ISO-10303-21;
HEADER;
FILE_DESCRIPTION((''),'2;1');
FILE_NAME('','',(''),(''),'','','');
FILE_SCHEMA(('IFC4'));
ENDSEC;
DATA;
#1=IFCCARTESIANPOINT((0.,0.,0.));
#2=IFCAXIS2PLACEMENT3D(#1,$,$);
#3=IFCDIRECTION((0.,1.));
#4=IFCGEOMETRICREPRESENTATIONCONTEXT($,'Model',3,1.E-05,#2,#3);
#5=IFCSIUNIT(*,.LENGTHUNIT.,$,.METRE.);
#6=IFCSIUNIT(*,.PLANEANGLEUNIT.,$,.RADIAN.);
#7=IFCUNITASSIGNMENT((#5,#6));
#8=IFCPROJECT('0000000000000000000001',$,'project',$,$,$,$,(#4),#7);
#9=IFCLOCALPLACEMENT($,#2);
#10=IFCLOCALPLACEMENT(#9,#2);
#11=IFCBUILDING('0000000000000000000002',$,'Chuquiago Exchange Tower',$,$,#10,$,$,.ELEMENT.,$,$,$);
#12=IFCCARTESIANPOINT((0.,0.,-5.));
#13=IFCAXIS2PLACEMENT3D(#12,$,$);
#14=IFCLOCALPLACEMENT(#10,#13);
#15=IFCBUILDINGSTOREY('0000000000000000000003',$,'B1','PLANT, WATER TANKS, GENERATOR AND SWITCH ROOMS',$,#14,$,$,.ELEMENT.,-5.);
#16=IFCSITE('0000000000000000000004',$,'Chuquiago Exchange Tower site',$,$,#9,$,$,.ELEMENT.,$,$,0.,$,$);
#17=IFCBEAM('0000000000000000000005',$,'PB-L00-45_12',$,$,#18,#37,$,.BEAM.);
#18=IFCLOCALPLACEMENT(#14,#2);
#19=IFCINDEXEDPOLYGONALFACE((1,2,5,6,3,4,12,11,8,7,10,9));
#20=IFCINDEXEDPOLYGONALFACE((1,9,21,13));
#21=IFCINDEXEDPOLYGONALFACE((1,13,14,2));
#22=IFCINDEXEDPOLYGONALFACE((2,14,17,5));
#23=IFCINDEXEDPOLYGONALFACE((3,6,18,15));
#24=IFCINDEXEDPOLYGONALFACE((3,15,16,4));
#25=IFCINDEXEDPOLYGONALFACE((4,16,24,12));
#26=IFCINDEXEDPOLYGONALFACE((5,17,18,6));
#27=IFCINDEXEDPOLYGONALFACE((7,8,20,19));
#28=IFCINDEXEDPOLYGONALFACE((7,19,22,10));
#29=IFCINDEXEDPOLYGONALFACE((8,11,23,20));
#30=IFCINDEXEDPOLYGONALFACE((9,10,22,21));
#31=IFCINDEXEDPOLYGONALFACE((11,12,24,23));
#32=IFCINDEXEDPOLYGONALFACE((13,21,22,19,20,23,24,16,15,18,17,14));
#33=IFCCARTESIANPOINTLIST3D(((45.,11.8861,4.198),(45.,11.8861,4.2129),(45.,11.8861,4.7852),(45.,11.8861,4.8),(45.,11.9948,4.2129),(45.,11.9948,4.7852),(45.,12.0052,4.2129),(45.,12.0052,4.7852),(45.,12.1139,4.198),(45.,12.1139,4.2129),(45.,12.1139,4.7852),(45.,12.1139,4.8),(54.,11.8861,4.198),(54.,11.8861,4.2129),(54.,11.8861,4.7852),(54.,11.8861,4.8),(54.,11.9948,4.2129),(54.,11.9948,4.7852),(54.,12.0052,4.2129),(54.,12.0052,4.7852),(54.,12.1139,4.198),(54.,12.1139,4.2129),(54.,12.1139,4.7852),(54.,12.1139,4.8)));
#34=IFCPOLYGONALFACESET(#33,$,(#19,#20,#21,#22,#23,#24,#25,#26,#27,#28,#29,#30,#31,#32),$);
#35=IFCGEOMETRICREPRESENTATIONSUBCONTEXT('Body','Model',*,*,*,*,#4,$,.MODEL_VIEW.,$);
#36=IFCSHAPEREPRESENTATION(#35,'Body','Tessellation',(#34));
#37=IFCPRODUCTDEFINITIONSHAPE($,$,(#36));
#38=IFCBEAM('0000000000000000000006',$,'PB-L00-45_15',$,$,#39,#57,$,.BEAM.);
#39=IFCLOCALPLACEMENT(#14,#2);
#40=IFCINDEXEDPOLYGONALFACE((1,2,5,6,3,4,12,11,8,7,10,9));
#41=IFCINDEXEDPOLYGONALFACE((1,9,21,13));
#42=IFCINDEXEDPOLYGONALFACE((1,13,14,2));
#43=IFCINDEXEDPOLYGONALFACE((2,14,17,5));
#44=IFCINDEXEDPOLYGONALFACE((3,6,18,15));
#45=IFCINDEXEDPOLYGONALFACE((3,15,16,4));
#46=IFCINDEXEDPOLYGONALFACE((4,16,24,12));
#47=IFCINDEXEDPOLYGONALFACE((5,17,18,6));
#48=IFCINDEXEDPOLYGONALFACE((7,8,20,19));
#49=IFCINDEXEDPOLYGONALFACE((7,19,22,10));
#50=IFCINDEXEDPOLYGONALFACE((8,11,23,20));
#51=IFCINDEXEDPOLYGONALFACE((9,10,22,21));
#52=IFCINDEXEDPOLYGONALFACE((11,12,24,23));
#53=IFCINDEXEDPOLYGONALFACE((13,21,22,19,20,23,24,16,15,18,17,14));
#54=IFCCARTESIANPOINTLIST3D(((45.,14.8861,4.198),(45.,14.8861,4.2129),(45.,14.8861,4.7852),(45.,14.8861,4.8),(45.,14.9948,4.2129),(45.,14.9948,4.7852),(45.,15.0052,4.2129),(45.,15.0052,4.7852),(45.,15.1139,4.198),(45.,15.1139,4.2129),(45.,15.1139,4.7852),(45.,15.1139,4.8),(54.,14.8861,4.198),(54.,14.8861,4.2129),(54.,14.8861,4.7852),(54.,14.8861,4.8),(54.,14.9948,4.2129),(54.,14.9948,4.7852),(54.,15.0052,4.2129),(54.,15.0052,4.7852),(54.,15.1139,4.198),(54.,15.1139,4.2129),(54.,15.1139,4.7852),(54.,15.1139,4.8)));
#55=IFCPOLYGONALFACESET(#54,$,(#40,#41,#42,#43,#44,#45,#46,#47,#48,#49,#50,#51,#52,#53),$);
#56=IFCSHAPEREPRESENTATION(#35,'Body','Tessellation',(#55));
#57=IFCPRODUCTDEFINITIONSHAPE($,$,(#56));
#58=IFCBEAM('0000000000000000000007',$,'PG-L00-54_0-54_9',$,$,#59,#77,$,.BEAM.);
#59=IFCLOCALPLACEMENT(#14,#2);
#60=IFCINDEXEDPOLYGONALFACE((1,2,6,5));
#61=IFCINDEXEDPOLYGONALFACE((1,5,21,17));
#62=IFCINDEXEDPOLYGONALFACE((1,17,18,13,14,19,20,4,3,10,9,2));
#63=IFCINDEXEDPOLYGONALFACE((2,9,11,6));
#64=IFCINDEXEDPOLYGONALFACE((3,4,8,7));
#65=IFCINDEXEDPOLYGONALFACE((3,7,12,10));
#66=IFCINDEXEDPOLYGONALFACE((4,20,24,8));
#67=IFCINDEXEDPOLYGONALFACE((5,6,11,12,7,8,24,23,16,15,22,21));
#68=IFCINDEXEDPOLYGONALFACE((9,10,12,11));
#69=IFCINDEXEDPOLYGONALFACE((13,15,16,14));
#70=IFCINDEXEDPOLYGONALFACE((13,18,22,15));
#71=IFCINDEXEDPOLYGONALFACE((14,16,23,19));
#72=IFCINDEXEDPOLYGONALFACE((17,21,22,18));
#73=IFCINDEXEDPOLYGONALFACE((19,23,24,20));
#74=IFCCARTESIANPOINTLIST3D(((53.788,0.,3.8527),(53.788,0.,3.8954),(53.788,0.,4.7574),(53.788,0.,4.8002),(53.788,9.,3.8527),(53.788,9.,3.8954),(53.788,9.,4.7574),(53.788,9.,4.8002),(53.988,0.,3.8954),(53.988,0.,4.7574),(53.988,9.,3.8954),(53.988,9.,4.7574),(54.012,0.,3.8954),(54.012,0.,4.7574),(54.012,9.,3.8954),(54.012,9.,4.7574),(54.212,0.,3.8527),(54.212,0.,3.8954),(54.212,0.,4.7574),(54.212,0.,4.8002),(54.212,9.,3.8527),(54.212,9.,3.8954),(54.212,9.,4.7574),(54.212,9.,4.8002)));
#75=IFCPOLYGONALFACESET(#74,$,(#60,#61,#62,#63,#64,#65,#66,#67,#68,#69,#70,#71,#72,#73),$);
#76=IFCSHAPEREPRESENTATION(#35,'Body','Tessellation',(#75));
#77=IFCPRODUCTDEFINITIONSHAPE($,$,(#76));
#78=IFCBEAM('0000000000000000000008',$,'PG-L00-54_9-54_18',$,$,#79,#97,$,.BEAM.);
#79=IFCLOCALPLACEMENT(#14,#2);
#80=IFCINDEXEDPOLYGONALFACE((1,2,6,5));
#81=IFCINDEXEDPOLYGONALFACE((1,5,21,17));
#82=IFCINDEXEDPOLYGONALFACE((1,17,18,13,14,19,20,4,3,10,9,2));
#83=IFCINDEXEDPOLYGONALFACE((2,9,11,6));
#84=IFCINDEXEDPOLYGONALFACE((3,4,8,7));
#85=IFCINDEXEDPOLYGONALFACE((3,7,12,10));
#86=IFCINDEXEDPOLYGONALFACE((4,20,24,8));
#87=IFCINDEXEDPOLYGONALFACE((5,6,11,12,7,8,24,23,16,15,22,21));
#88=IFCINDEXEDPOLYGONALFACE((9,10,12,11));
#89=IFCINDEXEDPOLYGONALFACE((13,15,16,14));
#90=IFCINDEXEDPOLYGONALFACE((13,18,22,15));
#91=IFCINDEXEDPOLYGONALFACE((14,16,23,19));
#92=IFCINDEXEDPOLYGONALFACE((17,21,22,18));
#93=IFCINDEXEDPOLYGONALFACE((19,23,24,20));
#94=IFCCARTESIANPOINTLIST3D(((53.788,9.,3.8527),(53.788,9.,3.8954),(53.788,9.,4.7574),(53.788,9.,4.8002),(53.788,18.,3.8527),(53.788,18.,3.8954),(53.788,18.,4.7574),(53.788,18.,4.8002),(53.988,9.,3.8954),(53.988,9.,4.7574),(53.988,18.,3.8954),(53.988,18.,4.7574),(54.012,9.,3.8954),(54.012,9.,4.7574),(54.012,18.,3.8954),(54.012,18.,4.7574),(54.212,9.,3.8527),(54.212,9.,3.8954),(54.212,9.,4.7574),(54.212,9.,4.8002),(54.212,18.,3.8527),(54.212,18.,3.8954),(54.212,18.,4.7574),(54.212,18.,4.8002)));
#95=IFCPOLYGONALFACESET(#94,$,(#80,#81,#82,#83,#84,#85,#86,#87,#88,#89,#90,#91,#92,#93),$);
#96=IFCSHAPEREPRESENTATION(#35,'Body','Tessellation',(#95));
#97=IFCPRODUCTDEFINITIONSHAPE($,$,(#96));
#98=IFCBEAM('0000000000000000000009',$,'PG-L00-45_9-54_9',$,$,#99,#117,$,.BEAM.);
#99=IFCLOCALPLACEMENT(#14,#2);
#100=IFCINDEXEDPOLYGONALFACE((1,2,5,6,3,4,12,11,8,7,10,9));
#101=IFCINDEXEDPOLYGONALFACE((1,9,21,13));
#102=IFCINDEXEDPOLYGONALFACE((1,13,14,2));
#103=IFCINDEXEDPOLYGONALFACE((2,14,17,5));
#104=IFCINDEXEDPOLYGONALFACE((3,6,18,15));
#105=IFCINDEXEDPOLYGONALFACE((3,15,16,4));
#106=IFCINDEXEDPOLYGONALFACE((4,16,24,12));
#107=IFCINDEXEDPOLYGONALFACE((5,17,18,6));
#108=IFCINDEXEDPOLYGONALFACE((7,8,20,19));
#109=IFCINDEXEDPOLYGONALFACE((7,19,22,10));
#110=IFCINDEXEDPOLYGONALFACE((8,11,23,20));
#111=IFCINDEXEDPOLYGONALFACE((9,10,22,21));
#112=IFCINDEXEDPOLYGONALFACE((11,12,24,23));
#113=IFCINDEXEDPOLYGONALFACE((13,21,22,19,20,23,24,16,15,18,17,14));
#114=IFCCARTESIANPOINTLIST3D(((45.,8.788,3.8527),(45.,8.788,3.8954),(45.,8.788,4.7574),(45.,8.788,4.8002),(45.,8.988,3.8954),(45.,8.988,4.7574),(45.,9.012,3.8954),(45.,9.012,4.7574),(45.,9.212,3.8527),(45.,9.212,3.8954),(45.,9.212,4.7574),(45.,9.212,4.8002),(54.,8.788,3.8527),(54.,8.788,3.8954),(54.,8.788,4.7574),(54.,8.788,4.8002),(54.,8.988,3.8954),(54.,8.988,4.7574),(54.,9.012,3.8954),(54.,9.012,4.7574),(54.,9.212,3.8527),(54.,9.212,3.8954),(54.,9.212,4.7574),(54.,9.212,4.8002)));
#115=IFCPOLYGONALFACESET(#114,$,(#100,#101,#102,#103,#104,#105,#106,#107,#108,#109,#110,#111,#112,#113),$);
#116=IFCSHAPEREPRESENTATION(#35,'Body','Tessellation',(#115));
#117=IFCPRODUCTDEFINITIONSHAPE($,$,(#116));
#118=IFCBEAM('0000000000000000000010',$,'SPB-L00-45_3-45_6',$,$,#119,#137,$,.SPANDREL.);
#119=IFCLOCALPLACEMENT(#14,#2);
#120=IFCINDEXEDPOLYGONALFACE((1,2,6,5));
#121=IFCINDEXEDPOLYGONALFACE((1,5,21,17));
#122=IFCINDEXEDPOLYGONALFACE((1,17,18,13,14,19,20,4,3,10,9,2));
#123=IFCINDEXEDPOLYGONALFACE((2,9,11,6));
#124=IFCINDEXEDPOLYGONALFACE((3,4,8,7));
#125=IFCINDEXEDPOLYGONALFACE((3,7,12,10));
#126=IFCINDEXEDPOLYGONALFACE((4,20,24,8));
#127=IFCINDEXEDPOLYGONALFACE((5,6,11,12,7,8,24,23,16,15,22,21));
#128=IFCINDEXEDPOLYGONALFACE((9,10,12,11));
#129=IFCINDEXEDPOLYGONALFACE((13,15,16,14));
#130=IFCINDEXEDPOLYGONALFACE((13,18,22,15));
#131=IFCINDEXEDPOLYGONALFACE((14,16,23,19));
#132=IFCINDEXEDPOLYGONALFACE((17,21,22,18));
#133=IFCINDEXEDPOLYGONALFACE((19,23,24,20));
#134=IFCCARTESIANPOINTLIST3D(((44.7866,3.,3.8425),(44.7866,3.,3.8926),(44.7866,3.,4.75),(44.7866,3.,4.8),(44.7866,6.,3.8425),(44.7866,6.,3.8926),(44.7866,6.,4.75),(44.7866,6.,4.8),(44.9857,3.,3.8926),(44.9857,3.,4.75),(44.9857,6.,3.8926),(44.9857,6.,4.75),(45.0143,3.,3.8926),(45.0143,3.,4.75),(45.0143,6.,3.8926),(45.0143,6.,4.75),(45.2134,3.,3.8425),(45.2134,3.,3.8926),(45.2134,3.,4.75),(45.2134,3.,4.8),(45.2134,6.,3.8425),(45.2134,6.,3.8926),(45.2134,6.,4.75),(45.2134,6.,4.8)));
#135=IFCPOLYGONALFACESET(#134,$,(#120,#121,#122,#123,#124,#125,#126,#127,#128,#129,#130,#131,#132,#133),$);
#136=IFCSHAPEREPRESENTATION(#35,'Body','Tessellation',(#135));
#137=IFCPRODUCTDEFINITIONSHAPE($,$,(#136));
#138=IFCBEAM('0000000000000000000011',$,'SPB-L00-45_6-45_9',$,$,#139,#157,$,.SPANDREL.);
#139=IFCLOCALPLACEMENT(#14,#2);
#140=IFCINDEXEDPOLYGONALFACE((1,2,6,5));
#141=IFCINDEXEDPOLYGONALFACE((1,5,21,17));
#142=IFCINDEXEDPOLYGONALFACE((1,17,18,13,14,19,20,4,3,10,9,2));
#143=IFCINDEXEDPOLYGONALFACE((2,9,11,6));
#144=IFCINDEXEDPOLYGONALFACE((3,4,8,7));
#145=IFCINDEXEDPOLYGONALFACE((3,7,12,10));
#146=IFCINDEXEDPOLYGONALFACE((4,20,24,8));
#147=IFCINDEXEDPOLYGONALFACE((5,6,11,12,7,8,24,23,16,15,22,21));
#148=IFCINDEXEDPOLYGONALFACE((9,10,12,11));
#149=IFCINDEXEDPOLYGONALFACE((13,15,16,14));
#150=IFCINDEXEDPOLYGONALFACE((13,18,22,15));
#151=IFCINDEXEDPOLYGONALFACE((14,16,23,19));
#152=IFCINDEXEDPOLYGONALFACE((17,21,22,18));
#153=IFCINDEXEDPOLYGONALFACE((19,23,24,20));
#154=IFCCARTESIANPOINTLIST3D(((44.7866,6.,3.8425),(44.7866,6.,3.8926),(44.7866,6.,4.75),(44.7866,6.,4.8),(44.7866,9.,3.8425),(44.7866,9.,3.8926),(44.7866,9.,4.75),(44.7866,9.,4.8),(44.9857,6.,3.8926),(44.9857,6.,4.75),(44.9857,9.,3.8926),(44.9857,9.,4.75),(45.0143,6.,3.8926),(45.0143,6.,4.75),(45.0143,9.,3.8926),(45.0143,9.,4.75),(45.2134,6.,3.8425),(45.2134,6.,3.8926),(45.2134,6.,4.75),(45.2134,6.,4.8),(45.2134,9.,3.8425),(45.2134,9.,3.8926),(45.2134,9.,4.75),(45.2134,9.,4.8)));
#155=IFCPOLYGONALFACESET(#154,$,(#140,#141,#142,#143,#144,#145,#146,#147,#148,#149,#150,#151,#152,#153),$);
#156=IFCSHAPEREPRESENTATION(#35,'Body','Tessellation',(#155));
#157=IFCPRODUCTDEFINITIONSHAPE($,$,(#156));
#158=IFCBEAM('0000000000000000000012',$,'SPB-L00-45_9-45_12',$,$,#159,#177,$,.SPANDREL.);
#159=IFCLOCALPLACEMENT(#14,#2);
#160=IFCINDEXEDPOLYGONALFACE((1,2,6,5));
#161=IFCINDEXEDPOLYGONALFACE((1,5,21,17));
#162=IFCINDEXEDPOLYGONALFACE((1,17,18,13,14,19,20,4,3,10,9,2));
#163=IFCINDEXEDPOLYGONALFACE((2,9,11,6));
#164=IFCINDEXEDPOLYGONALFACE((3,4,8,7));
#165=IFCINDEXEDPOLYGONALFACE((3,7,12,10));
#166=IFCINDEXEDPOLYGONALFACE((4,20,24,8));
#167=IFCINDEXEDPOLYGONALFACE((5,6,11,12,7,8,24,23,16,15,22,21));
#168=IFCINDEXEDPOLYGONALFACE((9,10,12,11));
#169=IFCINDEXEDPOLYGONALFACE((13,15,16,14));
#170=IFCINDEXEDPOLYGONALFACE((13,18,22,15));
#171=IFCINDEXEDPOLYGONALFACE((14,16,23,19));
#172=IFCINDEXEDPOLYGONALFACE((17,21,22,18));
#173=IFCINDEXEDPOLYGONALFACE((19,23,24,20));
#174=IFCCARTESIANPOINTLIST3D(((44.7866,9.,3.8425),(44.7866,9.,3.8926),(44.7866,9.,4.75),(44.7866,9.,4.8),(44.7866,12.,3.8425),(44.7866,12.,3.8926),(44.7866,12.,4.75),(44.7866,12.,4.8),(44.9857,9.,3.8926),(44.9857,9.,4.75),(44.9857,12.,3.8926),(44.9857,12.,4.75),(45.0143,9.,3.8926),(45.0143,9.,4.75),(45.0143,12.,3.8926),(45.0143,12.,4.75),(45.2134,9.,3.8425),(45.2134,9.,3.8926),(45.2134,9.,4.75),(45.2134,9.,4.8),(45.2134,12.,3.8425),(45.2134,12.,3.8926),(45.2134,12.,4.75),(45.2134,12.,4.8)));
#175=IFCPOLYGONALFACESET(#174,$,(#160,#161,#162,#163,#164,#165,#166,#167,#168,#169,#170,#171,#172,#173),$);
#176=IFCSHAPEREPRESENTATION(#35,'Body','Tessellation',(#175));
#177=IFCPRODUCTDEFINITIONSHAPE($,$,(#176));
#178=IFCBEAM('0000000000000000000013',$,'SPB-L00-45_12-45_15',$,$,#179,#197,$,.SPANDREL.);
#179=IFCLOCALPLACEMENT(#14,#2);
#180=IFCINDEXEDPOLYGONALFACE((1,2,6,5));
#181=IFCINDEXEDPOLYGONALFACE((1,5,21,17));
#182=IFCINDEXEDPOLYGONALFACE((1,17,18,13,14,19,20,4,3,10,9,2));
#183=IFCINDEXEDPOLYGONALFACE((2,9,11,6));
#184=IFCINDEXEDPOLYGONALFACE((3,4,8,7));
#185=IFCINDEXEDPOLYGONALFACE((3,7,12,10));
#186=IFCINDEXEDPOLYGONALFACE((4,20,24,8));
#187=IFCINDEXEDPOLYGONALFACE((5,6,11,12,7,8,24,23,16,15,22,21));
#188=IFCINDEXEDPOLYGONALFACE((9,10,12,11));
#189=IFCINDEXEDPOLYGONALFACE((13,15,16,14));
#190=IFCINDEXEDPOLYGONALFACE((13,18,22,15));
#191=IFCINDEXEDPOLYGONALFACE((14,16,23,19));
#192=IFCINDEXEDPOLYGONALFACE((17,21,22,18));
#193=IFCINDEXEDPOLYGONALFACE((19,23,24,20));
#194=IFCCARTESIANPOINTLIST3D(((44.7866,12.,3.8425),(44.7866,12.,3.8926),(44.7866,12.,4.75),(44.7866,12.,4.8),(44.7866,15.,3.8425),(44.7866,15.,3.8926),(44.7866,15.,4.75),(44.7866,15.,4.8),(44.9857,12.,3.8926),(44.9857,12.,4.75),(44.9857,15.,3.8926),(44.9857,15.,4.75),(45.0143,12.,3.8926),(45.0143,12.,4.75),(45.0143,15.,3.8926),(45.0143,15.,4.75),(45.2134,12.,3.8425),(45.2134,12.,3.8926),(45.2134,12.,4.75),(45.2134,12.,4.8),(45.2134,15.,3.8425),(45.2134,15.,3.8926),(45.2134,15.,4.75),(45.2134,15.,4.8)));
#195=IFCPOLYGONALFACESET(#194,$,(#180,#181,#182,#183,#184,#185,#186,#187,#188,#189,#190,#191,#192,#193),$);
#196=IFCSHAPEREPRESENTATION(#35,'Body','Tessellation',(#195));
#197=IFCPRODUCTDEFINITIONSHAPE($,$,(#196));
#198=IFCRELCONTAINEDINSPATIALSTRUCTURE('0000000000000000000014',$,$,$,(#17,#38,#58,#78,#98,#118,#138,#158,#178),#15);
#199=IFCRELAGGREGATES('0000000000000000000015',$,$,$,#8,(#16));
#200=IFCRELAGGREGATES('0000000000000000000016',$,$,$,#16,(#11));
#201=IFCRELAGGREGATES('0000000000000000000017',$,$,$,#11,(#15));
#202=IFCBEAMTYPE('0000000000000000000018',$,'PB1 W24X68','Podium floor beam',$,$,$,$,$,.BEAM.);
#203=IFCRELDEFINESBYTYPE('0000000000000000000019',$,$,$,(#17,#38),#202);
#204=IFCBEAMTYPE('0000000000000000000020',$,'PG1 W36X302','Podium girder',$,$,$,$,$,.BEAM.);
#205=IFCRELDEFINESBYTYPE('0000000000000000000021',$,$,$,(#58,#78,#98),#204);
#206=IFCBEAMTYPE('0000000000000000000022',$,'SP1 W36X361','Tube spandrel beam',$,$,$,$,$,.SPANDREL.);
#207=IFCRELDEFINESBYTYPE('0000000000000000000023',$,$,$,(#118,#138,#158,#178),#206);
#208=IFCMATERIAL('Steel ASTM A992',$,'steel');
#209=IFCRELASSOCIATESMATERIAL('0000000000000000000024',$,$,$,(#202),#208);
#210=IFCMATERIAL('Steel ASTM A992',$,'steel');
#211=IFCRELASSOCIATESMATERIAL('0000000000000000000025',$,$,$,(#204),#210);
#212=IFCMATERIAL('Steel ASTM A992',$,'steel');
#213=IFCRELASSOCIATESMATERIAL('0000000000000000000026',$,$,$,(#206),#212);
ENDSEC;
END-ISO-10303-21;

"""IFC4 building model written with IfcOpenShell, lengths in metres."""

from ifc_helpers import new_model, si_unit, direction, frame, origin, origin_2d, place, context, subcontext, project, spatial, i_section, extrude, material, material_profile, profile_set, type_object, element, save


model = new_model("IFC4")

# Units and contexts
model_context = context("Model", 3, precision=1e-05, world=origin(), true_north=direction((0.0, 1.0)))
body_context = subcontext(model_context, "Body", "Model", "MODEL_VIEW")
ifc_project = project(units=[si_unit("LENGTHUNIT", "METRE"), si_unit("PLANEANGLEUNIT", "RADIAN")], contexts=[model_context])

# Site, building, storey
site_placement = place(None, origin())
site = spatial("IfcSite", under=ifc_project, at=site_placement, Name="Chuquiago Exchange Tower site", CompositionType="ELEMENT", RefElevation=0.0)
building_placement = place(site_placement, origin())
building = spatial("IfcBuilding", under=site, at=building_placement, Name="Chuquiago Exchange Tower", CompositionType="ELEMENT")
storey_placement = place(building_placement, frame((0.0, 0.0, -5.0)))
storey = spatial("IfcBuildingStorey", under=building, at=storey_placement, Name="B1", Description="PLANT, WATER TANKS, GENERATOR AND SWITCH ROOMS", CompositionType="ELEMENT", Elevation=-5.0)

# Beams
ifc_material_1 = material(Name="Steel ASTM A992", Category="steel")
ifc_material_profile_1 = material_profile(ifc_material_1, i_section(OverallWidth=0.2278, OverallDepth=0.6021, WebThickness=0.0105, FlangeThickness=0.0149, at=origin_2d()), Name="W24X68")
ifc_profile_set_1 = profile_set([ifc_material_profile_1], Name="Steel ASTM A992")
beam_type_1 = type_object("IfcBeamType", Name="PB1 W24X68", Description="Podium floor beam", PredefinedType="BEAM", material=ifc_profile_set_1)
for number, where, z_axis, x_axis, name in (
    (1, (45.0, 12.0, 4.499), (1.0, 0.0, 0.0), (0.0, 1.0, 0.0), "PB-L00-45_12"),
    (2, (45.0, 15.0, 4.499), (1.0, 0.0, 0.0), (0.0, 1.0, 0.0), "PB-L00-45_15"),
):
    element("IfcBeam", number, at=place(storey_placement, frame(where, z_axis=z_axis, x_axis=x_axis)), inside=storey, type_object=beam_type_1, Name=name, PredefinedType="BEAM", context=body_context, shape_type="SweptSolid", body=[
        extrude(i_section(OverallWidth=0.2278, OverallDepth=0.6021, WebThickness=0.0105, FlangeThickness=0.0149, at=origin_2d()), origin(), (0.0, 0.0, 1.0), 9.0),
    ])
ifc_material_2 = material(Name="Steel ASTM A992", Category="steel")
ifc_material_profile_2 = material_profile(ifc_material_2, i_section(OverallWidth=0.4241, OverallDepth=0.9475, WebThickness=0.0239, FlangeThickness=0.0427, at=origin_2d()), Name="W36X302")
ifc_profile_set_2 = profile_set([ifc_material_profile_2], Name="Steel ASTM A992")
beam_type_2 = type_object("IfcBeamType", Name="PG1 W36X302", Description="Podium girder", PredefinedType="BEAM", material=ifc_profile_set_2)
for number, where, z_axis, x_axis, name in (
    (3, (54.0, 0.0, 4.3264), (0.0, 1.0, 0.0), (-1.0, 0.0, 0.0), "PG-L00-54_0-54_9"),
    (4, (54.0, 9.0, 4.3264), (0.0, 1.0, 0.0), (-1.0, 0.0, 0.0), "PG-L00-54_9-54_18"),
    (5, (45.0, 9.0, 4.3264), (1.0, 0.0, 0.0), (0.0, 1.0, 0.0), "PG-L00-45_9-54_9"),
):
    element("IfcBeam", number, at=place(storey_placement, frame(where, z_axis=z_axis, x_axis=x_axis)), inside=storey, type_object=beam_type_2, Name=name, PredefinedType="BEAM", context=body_context, shape_type="SweptSolid", body=[
        extrude(i_section(OverallWidth=0.4241, OverallDepth=0.9475, WebThickness=0.0239, FlangeThickness=0.0427, at=origin_2d()), origin(), (0.0, 0.0, 1.0), 9.0),
    ])
ifc_material_3 = material(Name="Steel ASTM A992", Category="steel")
ifc_material_profile_3 = material_profile(ifc_material_3, i_section(OverallWidth=0.4268, OverallDepth=0.9575, WebThickness=0.0286, FlangeThickness=0.05, at=origin_2d()), Name="W36X361")
ifc_profile_set_3 = profile_set([ifc_material_profile_3], Name="Steel ASTM A992")
beam_type_3 = type_object("IfcBeamType", Name="SP1 W36X361", Description="Tube spandrel beam", PredefinedType="SPANDREL", material=ifc_profile_set_3)
for number, where, z_axis, x_axis, name in (
    (6, (45.0, 3.0, 4.3213), (0.0, 1.0, 0.0), (-1.0, 0.0, 0.0), "SPB-L00-45_3-45_6"),
    (7, (45.0, 6.0, 4.3213), (0.0, 1.0, 0.0), (-1.0, 0.0, 0.0), "SPB-L00-45_6-45_9"),
    (8, (45.0, 9.0, 4.3213), (0.0, 1.0, 0.0), (-1.0, 0.0, 0.0), "SPB-L00-45_9-45_12"),
    (9, (45.0, 12.0, 4.3213), (0.0, 1.0, 0.0), (-1.0, 0.0, 0.0), "SPB-L00-45_12-45_15"),
):
    element("IfcBeam", number, at=place(storey_placement, frame(where, z_axis=z_axis, x_axis=x_axis)), inside=storey, type_object=beam_type_3, Name=name, PredefinedType="SPANDREL", context=body_context, shape_type="SweptSolid", body=[
        extrude(i_section(OverallWidth=0.4268, OverallDepth=0.9575, WebThickness=0.0286, FlangeThickness=0.05, at=origin_2d()), origin(), (0.0, 0.0, 1.0), 3.0),
    ])

save(model, "model.ifc")
